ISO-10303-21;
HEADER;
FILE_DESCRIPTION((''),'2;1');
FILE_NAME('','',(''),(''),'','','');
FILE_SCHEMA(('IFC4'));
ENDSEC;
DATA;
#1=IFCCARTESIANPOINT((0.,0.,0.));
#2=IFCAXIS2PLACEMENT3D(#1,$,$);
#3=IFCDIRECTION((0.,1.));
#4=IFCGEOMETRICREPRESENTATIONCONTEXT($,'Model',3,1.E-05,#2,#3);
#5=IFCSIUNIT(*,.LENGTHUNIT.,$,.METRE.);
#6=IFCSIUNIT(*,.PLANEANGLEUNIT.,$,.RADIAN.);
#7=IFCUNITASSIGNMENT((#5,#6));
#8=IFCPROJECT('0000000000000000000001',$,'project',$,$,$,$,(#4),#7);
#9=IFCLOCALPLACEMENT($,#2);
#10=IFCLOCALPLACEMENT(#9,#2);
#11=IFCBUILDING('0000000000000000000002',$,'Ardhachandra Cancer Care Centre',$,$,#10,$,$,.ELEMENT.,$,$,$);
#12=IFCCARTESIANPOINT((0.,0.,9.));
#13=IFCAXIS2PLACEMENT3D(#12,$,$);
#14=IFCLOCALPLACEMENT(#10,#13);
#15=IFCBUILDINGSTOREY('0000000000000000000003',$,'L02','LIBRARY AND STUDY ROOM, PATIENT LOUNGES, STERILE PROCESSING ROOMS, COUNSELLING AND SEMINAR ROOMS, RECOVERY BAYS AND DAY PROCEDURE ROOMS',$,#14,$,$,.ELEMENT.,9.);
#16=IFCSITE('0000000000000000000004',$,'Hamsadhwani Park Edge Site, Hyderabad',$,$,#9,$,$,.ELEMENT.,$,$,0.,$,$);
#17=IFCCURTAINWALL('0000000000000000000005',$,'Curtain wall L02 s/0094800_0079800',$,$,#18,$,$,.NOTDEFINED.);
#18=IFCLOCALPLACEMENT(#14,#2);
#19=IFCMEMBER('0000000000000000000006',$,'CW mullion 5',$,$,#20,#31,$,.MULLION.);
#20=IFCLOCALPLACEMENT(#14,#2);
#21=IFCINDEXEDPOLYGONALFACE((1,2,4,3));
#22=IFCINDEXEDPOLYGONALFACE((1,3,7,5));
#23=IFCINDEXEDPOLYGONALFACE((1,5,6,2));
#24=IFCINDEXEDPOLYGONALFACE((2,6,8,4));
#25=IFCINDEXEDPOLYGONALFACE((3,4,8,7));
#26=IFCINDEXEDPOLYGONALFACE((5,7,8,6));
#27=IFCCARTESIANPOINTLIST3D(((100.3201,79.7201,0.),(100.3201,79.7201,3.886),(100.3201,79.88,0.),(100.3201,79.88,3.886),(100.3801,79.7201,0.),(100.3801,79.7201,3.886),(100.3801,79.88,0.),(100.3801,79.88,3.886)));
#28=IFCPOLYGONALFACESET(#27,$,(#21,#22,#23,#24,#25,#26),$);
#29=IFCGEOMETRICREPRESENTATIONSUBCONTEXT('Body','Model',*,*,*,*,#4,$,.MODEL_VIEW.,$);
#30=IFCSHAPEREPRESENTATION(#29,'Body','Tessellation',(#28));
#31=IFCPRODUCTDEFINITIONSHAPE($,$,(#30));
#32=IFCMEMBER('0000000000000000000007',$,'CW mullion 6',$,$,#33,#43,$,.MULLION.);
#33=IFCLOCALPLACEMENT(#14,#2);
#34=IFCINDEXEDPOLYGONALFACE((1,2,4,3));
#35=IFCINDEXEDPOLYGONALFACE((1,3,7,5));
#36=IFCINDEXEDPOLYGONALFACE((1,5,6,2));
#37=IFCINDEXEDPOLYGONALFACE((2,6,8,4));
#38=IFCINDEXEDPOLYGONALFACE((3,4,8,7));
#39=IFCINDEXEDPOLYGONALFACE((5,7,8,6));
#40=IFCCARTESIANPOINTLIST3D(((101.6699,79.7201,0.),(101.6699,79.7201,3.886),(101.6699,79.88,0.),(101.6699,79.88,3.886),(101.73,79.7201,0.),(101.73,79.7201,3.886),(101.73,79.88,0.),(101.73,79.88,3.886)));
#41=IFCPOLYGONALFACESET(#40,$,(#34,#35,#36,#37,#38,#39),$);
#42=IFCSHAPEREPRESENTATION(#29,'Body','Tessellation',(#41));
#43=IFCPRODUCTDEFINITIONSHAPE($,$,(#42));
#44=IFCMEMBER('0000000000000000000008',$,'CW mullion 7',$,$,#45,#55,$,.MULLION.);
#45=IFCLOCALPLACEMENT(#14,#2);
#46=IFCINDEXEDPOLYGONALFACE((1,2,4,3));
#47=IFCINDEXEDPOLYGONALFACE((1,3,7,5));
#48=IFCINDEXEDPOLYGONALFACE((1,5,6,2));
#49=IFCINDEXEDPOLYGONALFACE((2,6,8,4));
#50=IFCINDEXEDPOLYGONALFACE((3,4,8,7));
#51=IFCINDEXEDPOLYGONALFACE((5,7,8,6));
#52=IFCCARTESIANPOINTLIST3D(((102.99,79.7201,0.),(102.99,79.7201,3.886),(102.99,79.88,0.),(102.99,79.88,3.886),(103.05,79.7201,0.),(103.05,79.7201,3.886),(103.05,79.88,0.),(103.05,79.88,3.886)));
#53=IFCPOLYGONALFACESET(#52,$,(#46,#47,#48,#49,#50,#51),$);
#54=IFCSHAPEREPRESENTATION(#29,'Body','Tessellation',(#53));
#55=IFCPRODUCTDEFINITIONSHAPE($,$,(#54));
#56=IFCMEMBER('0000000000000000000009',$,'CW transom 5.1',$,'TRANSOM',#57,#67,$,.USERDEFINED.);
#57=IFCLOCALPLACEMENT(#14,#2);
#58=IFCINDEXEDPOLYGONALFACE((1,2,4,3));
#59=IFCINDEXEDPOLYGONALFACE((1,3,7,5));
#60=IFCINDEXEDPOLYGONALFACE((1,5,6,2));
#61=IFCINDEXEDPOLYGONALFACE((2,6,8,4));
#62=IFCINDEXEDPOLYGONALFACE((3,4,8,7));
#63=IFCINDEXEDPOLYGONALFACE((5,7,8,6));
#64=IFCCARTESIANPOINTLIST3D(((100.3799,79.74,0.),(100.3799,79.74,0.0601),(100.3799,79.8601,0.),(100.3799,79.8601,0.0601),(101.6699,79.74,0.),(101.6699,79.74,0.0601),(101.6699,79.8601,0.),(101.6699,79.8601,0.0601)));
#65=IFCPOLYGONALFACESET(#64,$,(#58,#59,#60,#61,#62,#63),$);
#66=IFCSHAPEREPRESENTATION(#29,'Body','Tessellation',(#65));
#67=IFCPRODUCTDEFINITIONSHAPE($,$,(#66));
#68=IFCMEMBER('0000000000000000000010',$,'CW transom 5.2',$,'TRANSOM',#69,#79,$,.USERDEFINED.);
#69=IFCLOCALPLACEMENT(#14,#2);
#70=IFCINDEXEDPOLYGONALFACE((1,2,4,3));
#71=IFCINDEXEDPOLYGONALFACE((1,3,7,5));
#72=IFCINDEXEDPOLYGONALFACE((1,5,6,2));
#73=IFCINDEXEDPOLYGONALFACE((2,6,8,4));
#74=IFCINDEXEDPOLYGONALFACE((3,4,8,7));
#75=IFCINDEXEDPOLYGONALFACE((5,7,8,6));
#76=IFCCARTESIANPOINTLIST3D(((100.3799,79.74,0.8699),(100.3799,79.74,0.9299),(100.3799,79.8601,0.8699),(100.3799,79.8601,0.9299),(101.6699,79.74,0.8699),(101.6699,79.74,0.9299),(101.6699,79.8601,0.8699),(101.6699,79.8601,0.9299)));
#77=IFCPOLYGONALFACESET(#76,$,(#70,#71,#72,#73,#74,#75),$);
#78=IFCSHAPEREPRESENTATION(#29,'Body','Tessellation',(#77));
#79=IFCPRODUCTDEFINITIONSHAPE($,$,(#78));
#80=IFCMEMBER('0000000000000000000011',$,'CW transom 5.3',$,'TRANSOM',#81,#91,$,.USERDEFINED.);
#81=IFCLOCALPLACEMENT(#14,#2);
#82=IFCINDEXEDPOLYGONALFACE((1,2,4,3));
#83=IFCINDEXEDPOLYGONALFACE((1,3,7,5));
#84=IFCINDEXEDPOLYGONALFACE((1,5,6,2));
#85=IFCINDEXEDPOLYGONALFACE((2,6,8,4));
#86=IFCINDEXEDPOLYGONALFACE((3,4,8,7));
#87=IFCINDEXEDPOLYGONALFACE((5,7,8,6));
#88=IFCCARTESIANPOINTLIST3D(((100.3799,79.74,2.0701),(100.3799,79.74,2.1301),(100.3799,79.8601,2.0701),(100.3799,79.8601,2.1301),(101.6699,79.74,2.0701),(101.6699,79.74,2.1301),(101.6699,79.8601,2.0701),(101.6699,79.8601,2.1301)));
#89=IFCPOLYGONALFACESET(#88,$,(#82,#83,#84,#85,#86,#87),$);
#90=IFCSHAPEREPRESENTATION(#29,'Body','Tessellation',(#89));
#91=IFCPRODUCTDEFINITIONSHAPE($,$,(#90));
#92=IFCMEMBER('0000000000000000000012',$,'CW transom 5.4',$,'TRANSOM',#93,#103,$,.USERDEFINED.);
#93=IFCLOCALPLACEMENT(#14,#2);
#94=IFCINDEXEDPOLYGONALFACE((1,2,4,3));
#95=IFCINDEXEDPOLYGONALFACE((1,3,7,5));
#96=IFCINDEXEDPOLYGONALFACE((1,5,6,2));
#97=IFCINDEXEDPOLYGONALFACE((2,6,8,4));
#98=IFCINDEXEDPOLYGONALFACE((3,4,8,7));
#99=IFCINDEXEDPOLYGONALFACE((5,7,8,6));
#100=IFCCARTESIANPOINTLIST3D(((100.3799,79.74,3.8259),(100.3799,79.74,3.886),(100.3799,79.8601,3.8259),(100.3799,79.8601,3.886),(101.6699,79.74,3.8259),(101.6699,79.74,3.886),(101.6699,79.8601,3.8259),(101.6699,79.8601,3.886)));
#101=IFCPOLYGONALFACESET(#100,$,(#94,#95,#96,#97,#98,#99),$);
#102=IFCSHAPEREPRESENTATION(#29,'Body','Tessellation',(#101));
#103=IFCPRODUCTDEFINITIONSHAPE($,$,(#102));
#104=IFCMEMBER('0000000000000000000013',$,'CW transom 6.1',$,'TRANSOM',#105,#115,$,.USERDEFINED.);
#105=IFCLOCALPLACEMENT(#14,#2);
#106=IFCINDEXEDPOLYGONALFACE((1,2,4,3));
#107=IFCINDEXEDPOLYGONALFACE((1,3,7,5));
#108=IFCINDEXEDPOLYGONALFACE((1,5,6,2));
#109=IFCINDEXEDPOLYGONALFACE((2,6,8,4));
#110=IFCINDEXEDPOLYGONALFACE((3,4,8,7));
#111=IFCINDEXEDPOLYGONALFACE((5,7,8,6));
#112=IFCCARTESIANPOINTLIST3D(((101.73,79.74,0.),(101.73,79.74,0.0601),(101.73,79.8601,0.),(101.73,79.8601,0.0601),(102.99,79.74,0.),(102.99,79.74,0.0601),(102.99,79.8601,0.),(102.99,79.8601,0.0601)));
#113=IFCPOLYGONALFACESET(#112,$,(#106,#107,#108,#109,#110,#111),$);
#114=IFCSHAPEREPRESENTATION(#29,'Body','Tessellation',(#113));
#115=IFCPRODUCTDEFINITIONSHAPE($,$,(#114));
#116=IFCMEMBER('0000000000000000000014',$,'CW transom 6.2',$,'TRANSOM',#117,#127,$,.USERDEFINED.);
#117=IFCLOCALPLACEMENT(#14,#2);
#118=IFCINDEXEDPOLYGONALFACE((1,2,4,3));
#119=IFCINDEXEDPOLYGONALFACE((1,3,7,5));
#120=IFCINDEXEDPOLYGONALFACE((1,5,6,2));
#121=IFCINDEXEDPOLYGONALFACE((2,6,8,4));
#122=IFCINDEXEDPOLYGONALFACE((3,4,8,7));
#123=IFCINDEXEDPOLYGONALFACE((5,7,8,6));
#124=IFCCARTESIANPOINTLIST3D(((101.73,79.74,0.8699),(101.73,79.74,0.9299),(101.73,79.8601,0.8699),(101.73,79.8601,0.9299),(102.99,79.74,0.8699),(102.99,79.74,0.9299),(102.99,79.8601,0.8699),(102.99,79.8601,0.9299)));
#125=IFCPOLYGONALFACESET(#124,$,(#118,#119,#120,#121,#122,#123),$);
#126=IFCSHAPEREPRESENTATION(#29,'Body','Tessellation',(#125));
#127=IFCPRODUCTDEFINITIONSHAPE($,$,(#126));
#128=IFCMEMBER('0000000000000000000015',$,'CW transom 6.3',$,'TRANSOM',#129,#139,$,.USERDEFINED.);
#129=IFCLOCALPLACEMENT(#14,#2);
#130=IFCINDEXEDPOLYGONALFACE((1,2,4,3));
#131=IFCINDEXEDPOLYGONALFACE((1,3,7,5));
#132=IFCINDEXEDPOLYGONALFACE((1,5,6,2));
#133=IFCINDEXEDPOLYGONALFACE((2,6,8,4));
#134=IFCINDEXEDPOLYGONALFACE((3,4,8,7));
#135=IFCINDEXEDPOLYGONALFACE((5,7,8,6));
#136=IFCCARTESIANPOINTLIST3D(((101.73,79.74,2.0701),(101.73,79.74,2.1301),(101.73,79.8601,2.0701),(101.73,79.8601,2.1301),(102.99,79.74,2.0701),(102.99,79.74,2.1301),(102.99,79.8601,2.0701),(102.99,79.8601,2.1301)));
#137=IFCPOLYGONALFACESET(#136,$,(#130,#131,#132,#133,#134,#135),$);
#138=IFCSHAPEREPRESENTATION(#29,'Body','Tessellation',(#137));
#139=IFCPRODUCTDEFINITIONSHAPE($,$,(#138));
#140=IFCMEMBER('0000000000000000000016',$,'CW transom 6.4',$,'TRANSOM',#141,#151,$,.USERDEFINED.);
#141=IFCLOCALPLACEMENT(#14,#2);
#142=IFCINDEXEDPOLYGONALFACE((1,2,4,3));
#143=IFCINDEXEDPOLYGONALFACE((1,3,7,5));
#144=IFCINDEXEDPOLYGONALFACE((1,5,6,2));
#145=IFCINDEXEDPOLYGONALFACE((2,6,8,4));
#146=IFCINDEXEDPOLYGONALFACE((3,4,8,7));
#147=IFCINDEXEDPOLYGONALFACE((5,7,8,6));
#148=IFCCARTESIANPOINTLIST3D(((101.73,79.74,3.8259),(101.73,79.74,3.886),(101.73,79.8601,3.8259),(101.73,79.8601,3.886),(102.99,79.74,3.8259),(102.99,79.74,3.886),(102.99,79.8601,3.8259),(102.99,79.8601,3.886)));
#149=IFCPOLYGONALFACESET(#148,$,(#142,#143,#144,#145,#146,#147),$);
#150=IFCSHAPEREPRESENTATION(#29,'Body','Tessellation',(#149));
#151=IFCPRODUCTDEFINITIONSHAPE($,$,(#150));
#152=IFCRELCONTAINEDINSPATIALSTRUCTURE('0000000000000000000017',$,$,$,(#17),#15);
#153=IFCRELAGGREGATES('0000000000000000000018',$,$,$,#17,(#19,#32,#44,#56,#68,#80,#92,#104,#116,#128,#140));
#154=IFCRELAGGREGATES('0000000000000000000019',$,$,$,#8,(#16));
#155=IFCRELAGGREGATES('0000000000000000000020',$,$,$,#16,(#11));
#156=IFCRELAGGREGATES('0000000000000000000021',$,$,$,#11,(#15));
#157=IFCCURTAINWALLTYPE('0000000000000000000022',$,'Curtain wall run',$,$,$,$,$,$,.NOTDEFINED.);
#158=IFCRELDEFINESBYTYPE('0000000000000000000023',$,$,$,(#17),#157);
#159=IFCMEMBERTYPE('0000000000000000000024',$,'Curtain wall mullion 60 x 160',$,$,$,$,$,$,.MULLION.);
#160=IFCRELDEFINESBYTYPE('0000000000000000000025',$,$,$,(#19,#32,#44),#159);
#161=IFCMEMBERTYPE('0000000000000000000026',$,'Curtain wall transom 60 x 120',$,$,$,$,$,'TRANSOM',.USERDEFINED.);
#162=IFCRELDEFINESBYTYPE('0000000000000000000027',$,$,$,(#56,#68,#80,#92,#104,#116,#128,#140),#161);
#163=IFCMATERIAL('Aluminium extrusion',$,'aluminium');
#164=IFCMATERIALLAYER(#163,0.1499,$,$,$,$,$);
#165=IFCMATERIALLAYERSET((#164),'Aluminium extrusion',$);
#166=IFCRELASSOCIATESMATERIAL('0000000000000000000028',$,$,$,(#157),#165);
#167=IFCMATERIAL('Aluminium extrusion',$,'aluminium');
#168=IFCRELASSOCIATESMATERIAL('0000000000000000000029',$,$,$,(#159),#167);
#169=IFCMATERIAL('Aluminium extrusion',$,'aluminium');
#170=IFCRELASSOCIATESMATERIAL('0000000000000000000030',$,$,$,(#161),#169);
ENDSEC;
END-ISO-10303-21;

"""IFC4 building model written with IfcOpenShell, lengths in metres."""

from ifc_helpers import new_model, si_unit, direction, frame, origin, origin_2d, place, context, subcontext, project, spatial, rectangle, extrude, material, layer, layer_set, material_profile, profile_set, type_object, element, aggregate, save


model = new_model("IFC4")

# Units and contexts
model_context = context("Model", 3, precision=1e-05, world=origin(), true_north=direction((0.0, 1.0)))
body_context = subcontext(model_context, "Body", "Model", "MODEL_VIEW")
ifc_project = project(units=[si_unit("LENGTHUNIT", "METRE"), si_unit("PLANEANGLEUNIT", "RADIAN")], contexts=[model_context])

# Site, building, storey
site_placement = place(None, origin())
site = spatial("IfcSite", under=ifc_project, at=site_placement, Name="Hamsadhwani Park Edge Site, Hyderabad", CompositionType="ELEMENT", RefElevation=0.0)
building_placement = place(site_placement, origin())
building = spatial("IfcBuilding", under=site, at=building_placement, Name="Ardhachandra Cancer Care Centre", CompositionType="ELEMENT")
storey_placement = place(building_placement, frame((0.0, 0.0, 9.0)))
storey = spatial("IfcBuildingStorey", under=building, at=storey_placement, Name="L02", Description="LIBRARY AND STUDY ROOM, PATIENT LOUNGES, STERILE PROCESSING ROOMS, COUNSELLING AND SEMINAR ROOMS, RECOVERY BAYS AND DAY PROCEDURE ROOMS", CompositionType="ELEMENT", Elevation=9.0)

# Curtain wall, members
ifc_material_1 = material(Name="Aluminium extrusion", Category="aluminium")
ifc_layer_1 = layer(ifc_material_1, 0.1499)
ifc_layer_set_1 = layer_set([ifc_layer_1], Name="Aluminium extrusion")
curtain_wall_type = type_object("IfcCurtainWallType", Name="Curtain wall run", PredefinedType="NOTDEFINED", material=ifc_layer_set_1)
curtain_wall_placement = place(storey_placement, origin())
curtain_wall = element("IfcCurtainWall", 1, at=curtain_wall_placement, inside=storey, type_object=curtain_wall_type, Name="Curtain wall L02 s/0094800_0079800", PredefinedType="NOTDEFINED")
ifc_material_2 = material(Name="Aluminium extrusion", Category="aluminium")
ifc_material_profile_1 = material_profile(ifc_material_2, rectangle(XDim=0.1599, YDim=0.0601, at=origin_2d()), Name="Curtain wall mullion 60 x 160")
ifc_profile_set_1 = profile_set([ifc_material_profile_1], Name="Aluminium extrusion")
member_type_1 = type_object("IfcMemberType", Name="Curtain wall mullion 60 x 160", PredefinedType="MULLION", material=ifc_profile_set_1)
member_1_placement = place(storey_placement, frame((100.3501, 79.8, 0.0), z_axis=(0.0, 0.0, 1.0), x_axis=(0.0, 1.0, 0.0)))
member_1 = element("IfcMember", 2, at=member_1_placement, type_object=member_type_1, Name="CW mullion 5", PredefinedType="MULLION", context=body_context, shape_type="SweptSolid", body=[
    extrude(rectangle(XDim=0.1599, YDim=0.0601, at=origin_2d()), origin(), (0.0, 0.0, 1.0), 3.886),
])
member_2_placement = place(storey_placement, frame((101.7, 79.8, 0.0), z_axis=(0.0, 0.0, 1.0), x_axis=(0.0, 1.0, 0.0)))
member_2 = element("IfcMember", 3, at=member_2_placement, type_object=member_type_1, Name="CW mullion 6", PredefinedType="MULLION", context=body_context, shape_type="SweptSolid", body=[
    extrude(rectangle(XDim=0.1599, YDim=0.0601, at=origin_2d()), origin(), (0.0, 0.0, 1.0), 3.886),
])
member_3_placement = place(storey_placement, frame((103.02, 79.8, 0.0), z_axis=(0.0, 0.0, 1.0), x_axis=(0.0, 1.0, 0.0)))
member_3 = element("IfcMember", 4, at=member_3_placement, type_object=member_type_1, Name="CW mullion 7", PredefinedType="MULLION", context=body_context, shape_type="SweptSolid", body=[
    extrude(rectangle(XDim=0.1599, YDim=0.0601, at=origin_2d()), origin(), (0.0, 0.0, 1.0), 3.886),
])
ifc_material_3 = material(Name="Aluminium extrusion", Category="aluminium")
ifc_material_profile_2 = material_profile(ifc_material_3, rectangle(XDim=0.1201, YDim=0.0601, at=origin_2d()), Name="Curtain wall transom 60 x 120")
ifc_profile_set_2 = profile_set([ifc_material_profile_2], Name="Aluminium extrusion")
member_type_2 = type_object("IfcMemberType", Name="Curtain wall transom 60 x 120", ElementType="TRANSOM", PredefinedType="USERDEFINED", material=ifc_profile_set_2)
member_4_placement = place(storey_placement, frame((100.3799, 79.8, 0.03), z_axis=(1.0, 0.0, 0.0), x_axis=(0.0, 1.0, 0.0)))
member_4 = element("IfcMember", 5, at=member_4_placement, type_object=member_type_2, Name="CW transom 5.1", ObjectType="TRANSOM", PredefinedType="USERDEFINED", context=body_context, shape_type="SweptSolid", body=[
    extrude(rectangle(XDim=0.1201, YDim=0.0601, at=origin_2d()), origin(), (0.0, 0.0, 1.0), 1.29),
])
member_5_placement = place(storey_placement, frame((100.3799, 79.8, 0.8999), z_axis=(1.0, 0.0, 0.0), x_axis=(0.0, 1.0, 0.0)))
member_5 = element("IfcMember", 6, at=member_5_placement, type_object=member_type_2, Name="CW transom 5.2", ObjectType="TRANSOM", PredefinedType="USERDEFINED", context=body_context, shape_type="SweptSolid", body=[
    extrude(rectangle(XDim=0.1201, YDim=0.0601, at=origin_2d()), origin(), (0.0, 0.0, 1.0), 1.29),
])
member_6_placement = place(storey_placement, frame((100.3799, 79.8, 2.1001), z_axis=(1.0, 0.0, 0.0), x_axis=(0.0, 1.0, 0.0)))
member_6 = element("IfcMember", 7, at=member_6_placement, type_object=member_type_2, Name="CW transom 5.3", ObjectType="TRANSOM", PredefinedType="USERDEFINED", context=body_context, shape_type="SweptSolid", body=[
    extrude(rectangle(XDim=0.1201, YDim=0.0601, at=origin_2d()), origin(), (0.0, 0.0, 1.0), 1.29),
])
member_7_placement = place(storey_placement, frame((100.3799, 79.8, 3.856), z_axis=(1.0, 0.0, 0.0), x_axis=(0.0, 1.0, 0.0)))
member_7 = element("IfcMember", 8, at=member_7_placement, type_object=member_type_2, Name="CW transom 5.4", ObjectType="TRANSOM", PredefinedType="USERDEFINED", context=body_context, shape_type="SweptSolid", body=[
    extrude(rectangle(XDim=0.1201, YDim=0.0601, at=origin_2d()), origin(), (0.0, 0.0, 1.0), 1.29),
])
member_8_placement = place(storey_placement, frame((101.73, 79.8, 0.03), z_axis=(1.0, 0.0, 0.0), x_axis=(0.0, 1.0, 0.0)))
member_8 = element("IfcMember", 9, at=member_8_placement, type_object=member_type_2, Name="CW transom 6.1", ObjectType="TRANSOM", PredefinedType="USERDEFINED", context=body_context, shape_type="SweptSolid", body=[
    extrude(rectangle(XDim=0.1201, YDim=0.0601, at=origin_2d()), origin(), (0.0, 0.0, 1.0), 1.26),
])
member_9_placement = place(storey_placement, frame((101.73, 79.8, 0.8999), z_axis=(1.0, 0.0, 0.0), x_axis=(0.0, 1.0, 0.0)))
member_9 = element("IfcMember", 10, at=member_9_placement, type_object=member_type_2, Name="CW transom 6.2", ObjectType="TRANSOM", PredefinedType="USERDEFINED", context=body_context, shape_type="SweptSolid", body=[
    extrude(rectangle(XDim=0.1201, YDim=0.0601, at=origin_2d()), origin(), (0.0, 0.0, 1.0), 1.26),
])
member_10_placement = place(storey_placement, frame((101.73, 79.8, 2.1001), z_axis=(1.0, 0.0, 0.0), x_axis=(0.0, 1.0, 0.0)))
member_10 = element("IfcMember", 11, at=member_10_placement, type_object=member_type_2, Name="CW transom 6.3", ObjectType="TRANSOM", PredefinedType="USERDEFINED", context=body_context, shape_type="SweptSolid", body=[
    extrude(rectangle(XDim=0.1201, YDim=0.0601, at=origin_2d()), origin(), (0.0, 0.0, 1.0), 1.26),
])
member_11_placement = place(storey_placement, frame((101.73, 79.8, 3.856), z_axis=(1.0, 0.0, 0.0), x_axis=(0.0, 1.0, 0.0)))
member_11 = element("IfcMember", 12, at=member_11_placement, type_object=member_type_2, Name="CW transom 6.4", ObjectType="TRANSOM", PredefinedType="USERDEFINED", context=body_context, shape_type="SweptSolid", body=[
    extrude(rectangle(XDim=0.1201, YDim=0.0601, at=origin_2d()), origin(), (0.0, 0.0, 1.0), 1.26),
])

aggregate(curtain_wall, [member_1, member_2, member_3, member_4, member_5, member_6, member_7, member_8, member_9, member_10, member_11])

save(model, "model.ifc")
